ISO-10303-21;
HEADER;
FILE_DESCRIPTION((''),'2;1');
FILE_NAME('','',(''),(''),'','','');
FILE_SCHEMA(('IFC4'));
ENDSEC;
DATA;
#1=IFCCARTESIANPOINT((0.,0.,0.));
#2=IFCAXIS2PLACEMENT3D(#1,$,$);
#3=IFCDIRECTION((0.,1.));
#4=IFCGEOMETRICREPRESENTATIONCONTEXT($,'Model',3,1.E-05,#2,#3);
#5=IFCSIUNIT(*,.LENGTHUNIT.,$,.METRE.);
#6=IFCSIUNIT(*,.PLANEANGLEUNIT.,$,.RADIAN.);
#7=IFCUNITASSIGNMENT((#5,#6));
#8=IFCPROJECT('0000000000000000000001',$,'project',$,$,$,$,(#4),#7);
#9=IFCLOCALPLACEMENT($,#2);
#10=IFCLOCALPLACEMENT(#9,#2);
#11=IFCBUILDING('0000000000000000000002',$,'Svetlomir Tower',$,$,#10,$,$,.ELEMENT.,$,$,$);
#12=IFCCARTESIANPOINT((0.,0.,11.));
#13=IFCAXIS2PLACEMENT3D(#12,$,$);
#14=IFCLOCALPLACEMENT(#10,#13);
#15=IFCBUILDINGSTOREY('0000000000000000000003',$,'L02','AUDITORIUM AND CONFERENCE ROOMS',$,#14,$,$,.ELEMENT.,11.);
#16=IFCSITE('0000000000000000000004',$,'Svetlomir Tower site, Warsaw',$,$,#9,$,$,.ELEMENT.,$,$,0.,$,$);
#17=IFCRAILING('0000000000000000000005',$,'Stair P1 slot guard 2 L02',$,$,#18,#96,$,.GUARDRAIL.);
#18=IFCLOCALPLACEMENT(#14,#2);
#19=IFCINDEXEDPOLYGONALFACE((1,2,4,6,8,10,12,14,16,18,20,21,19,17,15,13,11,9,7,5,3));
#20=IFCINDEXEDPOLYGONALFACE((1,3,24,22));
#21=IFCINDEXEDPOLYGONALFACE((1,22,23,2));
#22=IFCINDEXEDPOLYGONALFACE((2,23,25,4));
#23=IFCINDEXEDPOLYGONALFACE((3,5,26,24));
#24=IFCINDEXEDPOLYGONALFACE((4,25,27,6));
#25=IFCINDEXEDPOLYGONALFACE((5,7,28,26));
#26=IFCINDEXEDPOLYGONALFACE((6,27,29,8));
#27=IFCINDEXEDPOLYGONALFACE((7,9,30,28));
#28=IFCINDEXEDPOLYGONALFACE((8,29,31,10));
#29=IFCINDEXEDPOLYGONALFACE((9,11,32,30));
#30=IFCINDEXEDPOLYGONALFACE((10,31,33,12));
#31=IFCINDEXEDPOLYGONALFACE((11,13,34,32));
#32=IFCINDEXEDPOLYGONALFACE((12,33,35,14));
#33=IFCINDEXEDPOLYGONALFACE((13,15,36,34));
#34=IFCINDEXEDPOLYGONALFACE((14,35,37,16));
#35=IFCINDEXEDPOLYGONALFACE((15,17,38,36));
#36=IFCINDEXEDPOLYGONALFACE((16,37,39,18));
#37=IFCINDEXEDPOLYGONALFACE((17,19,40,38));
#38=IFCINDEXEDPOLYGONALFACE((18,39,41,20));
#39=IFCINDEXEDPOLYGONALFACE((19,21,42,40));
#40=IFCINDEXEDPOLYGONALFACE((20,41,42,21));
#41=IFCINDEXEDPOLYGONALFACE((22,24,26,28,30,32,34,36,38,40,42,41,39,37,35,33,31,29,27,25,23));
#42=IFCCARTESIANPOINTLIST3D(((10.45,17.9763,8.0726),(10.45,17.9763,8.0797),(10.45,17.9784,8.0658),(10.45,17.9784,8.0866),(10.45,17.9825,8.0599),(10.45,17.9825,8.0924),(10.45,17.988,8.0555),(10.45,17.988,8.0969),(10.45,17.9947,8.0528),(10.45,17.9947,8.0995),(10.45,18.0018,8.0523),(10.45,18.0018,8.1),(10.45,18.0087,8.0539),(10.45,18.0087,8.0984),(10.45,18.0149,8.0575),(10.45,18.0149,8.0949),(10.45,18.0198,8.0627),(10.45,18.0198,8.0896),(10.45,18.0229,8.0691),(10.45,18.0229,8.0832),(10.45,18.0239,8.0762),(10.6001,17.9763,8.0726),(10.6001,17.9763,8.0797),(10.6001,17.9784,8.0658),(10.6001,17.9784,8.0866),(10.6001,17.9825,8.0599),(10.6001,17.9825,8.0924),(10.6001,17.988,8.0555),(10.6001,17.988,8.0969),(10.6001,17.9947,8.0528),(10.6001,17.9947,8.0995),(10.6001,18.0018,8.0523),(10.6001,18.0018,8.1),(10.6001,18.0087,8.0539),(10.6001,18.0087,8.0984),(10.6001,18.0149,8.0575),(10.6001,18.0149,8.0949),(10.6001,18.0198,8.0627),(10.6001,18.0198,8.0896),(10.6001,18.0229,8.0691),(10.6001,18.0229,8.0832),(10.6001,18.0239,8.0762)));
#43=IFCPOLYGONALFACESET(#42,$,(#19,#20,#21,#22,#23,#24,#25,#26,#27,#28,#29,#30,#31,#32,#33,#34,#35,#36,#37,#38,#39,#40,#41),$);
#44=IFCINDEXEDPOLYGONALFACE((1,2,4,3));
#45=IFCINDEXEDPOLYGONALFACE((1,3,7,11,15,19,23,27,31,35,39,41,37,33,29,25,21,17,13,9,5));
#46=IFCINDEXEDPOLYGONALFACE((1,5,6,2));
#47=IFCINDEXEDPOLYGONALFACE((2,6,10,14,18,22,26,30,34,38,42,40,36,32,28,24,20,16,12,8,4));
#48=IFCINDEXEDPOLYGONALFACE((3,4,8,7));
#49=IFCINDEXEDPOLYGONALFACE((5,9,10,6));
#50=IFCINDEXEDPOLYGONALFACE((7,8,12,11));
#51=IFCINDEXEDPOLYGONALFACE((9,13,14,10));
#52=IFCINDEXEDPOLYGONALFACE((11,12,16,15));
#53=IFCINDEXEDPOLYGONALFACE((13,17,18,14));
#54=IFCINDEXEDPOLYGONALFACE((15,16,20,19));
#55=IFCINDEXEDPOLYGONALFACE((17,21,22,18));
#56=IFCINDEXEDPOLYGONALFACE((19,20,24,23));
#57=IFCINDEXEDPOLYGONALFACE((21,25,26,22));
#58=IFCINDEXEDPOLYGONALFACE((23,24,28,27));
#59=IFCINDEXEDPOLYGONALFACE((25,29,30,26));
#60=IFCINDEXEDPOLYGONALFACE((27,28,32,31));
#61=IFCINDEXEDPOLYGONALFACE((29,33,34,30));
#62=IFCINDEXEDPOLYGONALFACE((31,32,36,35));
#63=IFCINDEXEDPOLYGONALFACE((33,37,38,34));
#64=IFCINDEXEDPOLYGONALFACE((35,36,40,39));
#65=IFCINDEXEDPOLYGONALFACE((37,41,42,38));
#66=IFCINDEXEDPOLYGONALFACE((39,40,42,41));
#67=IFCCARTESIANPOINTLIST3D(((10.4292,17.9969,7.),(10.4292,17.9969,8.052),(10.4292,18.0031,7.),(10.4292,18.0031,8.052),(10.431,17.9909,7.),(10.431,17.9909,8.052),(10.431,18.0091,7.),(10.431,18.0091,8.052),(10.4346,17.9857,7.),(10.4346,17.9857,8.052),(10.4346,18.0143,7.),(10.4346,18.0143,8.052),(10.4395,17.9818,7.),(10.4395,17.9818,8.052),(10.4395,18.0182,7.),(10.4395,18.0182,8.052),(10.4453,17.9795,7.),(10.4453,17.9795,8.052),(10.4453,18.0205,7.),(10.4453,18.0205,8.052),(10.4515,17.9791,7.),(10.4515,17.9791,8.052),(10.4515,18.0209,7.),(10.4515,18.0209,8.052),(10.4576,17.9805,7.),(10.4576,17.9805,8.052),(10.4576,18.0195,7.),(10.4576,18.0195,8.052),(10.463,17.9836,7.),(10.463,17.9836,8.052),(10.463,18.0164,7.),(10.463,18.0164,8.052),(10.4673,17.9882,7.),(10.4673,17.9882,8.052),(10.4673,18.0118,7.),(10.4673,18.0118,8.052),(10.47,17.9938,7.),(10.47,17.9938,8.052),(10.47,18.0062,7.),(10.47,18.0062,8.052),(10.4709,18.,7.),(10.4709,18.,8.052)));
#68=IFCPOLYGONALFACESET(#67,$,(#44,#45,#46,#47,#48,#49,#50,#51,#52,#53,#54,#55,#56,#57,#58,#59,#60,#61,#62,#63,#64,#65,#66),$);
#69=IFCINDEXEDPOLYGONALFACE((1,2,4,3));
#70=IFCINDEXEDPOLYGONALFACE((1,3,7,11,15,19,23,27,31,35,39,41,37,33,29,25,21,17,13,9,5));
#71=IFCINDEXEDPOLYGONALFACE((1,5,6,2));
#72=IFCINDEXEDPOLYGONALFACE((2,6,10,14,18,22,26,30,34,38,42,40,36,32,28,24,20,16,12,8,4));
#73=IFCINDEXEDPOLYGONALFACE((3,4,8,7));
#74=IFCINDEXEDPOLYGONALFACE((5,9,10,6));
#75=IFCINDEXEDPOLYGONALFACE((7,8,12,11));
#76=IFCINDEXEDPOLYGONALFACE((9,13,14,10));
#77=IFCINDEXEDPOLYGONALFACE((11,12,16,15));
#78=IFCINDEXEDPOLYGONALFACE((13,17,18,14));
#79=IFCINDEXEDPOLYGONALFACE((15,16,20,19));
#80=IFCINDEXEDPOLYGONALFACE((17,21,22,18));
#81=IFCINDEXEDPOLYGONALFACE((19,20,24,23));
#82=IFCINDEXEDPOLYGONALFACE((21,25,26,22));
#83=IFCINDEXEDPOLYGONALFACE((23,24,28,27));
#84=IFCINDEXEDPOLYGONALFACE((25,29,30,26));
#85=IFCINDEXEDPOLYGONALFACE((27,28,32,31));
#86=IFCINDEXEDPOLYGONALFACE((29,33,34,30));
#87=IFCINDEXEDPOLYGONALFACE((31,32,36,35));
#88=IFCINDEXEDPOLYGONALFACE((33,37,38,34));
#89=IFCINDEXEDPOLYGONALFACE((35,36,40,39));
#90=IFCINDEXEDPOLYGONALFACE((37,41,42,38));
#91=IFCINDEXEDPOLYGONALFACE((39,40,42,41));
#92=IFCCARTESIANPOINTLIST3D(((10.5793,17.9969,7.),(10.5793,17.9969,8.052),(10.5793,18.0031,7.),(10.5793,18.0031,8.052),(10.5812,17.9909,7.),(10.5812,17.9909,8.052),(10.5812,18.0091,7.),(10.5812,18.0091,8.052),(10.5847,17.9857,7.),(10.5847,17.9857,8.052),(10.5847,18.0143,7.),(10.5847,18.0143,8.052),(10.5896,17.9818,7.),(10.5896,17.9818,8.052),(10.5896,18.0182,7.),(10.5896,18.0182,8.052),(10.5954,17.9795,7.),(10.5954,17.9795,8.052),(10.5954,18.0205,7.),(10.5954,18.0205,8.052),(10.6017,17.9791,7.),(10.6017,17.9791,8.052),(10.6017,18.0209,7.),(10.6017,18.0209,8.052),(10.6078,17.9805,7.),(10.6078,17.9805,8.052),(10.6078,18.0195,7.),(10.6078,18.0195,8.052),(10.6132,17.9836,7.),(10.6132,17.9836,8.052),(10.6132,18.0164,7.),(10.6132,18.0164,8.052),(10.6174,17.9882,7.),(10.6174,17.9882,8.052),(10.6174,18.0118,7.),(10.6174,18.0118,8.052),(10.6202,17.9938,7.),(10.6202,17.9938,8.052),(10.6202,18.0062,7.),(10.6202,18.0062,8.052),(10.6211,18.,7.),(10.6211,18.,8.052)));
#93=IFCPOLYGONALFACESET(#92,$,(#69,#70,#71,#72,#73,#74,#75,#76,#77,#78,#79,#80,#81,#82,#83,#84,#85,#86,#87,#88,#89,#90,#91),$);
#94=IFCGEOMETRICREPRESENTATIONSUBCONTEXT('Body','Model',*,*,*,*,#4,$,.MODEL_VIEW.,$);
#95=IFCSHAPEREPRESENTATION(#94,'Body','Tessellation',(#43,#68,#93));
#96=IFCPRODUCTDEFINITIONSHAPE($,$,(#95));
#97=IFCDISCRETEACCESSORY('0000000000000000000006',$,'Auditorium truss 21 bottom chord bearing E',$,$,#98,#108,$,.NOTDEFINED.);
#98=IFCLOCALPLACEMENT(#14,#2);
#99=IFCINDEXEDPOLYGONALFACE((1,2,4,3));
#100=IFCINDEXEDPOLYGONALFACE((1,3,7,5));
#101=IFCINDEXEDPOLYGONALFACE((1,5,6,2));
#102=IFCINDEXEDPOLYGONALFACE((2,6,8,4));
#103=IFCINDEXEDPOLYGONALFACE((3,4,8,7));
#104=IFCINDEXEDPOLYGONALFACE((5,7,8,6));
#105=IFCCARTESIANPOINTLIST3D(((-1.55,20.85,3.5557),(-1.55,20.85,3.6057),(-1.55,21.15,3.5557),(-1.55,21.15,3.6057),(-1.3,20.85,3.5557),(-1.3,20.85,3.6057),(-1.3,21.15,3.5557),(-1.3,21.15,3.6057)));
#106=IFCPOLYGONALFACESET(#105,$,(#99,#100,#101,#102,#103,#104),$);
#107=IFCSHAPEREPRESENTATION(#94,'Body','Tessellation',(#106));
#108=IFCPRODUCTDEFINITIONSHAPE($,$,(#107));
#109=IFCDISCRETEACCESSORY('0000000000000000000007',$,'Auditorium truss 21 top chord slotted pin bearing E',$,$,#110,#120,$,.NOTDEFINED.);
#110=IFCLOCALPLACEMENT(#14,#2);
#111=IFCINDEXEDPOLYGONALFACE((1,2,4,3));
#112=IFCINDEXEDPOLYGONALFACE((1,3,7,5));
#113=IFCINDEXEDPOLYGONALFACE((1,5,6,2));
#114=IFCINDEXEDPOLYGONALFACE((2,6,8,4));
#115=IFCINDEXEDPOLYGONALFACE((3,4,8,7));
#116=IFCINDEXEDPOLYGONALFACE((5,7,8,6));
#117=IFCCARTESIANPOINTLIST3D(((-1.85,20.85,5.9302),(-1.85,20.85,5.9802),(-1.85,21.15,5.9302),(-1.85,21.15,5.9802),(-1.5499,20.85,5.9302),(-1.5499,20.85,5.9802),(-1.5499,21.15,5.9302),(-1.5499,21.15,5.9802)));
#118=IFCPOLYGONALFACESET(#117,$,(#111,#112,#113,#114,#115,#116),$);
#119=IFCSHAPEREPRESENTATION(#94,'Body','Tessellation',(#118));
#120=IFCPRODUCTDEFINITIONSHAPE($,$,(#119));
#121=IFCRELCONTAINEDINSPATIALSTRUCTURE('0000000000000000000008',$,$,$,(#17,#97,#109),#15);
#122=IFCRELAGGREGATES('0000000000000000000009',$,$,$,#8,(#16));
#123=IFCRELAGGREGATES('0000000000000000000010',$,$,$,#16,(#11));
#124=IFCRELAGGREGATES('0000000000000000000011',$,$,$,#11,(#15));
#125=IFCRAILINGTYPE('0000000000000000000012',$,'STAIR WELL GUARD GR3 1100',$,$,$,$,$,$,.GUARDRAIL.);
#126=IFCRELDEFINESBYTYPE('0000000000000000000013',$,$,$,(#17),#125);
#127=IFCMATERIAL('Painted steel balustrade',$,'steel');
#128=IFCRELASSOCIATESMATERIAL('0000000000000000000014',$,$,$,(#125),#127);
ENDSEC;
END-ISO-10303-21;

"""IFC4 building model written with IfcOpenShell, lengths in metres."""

from ifc_helpers import new_model, si_unit, direction, frame, origin, origin_2d, place, context, subcontext, project, spatial, rectangle, circle, extrude, material, type_object, element, save


model = new_model("IFC4")

# Units and contexts
model_context = context("Model", 3, precision=1e-05, world=origin(), true_north=direction((0.0, 1.0)))
body_context = subcontext(model_context, "Body", "Model", "MODEL_VIEW")
ifc_project = project(units=[si_unit("LENGTHUNIT", "METRE"), si_unit("PLANEANGLEUNIT", "RADIAN")], contexts=[model_context])

# Site, building, storey
site_placement = place(None, origin())
site = spatial("IfcSite", under=ifc_project, at=site_placement, Name="Svetlomir Tower site, Warsaw", CompositionType="ELEMENT", RefElevation=0.0)
building_placement = place(site_placement, origin())
building = spatial("IfcBuilding", under=site, at=building_placement, Name="Svetlomir Tower", CompositionType="ELEMENT")
storey_placement = place(building_placement, frame((0.0, 0.0, 11.0)))
storey = spatial("IfcBuildingStorey", under=building, at=storey_placement, Name="L02", Description="AUDITORIUM AND CONFERENCE ROOMS", CompositionType="ELEMENT", Elevation=11.0)

# Railing
ifc_material_1 = material(Name="Painted steel balustrade", Category="steel")
railing_type_1 = type_object("IfcRailingType", Name="STAIR WELL GUARD GR3 1100", PredefinedType="GUARDRAIL", material=ifc_material_1)
railing_1_placement = place(storey_placement, frame((10.45, 18.0, 7.0)))
element("IfcRailing", 1, at=railing_1_placement, inside=storey, type_object=railing_type_1, Name="Stair P1 slot guard 2 L02", PredefinedType="GUARDRAIL", context=body_context, shape_type="SweptSolid", body=[
    extrude(circle(Radius=0.0239, at=origin_2d()), frame((0.0, 0.0, 1.0762), z_axis=(1.0, 0.0, 0.0), x_axis=(0.0, 1.0, 0.0)), (0.0, 0.0, 1.0), 0.1501),
    extrude(circle(Radius=0.021, at=origin_2d()), origin(), (0.0, 0.0, 1.0), 1.052),
    extrude(circle(Radius=0.021, at=origin_2d()), frame((0.1501, 0.0, 0.0)), (0.0, 0.0, 1.0), 1.052),
])

# Discrete accessories
discrete_accessory_1_placement = place(storey_placement, frame((-1.425, 21.0, 3.5557), z_axis=(0.0, 0.0, 1.0), x_axis=(1.0, 0.0, 0.0)))
element("IfcDiscreteAccessory", 2, at=discrete_accessory_1_placement, inside=storey, Name="Auditorium truss 21 bottom chord bearing E", PredefinedType="NOTDEFINED", context=body_context, shape_type="SweptSolid", body=[
    extrude(rectangle(XDim=0.25, YDim=0.3, at=origin_2d()), origin(), (0.0, 0.0, 1.0), 0.05),
])
discrete_accessory_2_placement = place(storey_placement, frame((-1.7, 21.0, 5.9302), z_axis=(0.0, 0.0, 1.0), x_axis=(1.0, 0.0, 0.0)))
element("IfcDiscreteAccessory", 3, at=discrete_accessory_2_placement, inside=storey, Name="Auditorium truss 21 top chord slotted pin bearing E", PredefinedType="NOTDEFINED", context=body_context, shape_type="SweptSolid", body=[
    extrude(rectangle(XDim=0.3, YDim=0.3, at=origin_2d()), origin(), (0.0, 0.0, 1.0), 0.05),
])

save(model, "model.ifc")
